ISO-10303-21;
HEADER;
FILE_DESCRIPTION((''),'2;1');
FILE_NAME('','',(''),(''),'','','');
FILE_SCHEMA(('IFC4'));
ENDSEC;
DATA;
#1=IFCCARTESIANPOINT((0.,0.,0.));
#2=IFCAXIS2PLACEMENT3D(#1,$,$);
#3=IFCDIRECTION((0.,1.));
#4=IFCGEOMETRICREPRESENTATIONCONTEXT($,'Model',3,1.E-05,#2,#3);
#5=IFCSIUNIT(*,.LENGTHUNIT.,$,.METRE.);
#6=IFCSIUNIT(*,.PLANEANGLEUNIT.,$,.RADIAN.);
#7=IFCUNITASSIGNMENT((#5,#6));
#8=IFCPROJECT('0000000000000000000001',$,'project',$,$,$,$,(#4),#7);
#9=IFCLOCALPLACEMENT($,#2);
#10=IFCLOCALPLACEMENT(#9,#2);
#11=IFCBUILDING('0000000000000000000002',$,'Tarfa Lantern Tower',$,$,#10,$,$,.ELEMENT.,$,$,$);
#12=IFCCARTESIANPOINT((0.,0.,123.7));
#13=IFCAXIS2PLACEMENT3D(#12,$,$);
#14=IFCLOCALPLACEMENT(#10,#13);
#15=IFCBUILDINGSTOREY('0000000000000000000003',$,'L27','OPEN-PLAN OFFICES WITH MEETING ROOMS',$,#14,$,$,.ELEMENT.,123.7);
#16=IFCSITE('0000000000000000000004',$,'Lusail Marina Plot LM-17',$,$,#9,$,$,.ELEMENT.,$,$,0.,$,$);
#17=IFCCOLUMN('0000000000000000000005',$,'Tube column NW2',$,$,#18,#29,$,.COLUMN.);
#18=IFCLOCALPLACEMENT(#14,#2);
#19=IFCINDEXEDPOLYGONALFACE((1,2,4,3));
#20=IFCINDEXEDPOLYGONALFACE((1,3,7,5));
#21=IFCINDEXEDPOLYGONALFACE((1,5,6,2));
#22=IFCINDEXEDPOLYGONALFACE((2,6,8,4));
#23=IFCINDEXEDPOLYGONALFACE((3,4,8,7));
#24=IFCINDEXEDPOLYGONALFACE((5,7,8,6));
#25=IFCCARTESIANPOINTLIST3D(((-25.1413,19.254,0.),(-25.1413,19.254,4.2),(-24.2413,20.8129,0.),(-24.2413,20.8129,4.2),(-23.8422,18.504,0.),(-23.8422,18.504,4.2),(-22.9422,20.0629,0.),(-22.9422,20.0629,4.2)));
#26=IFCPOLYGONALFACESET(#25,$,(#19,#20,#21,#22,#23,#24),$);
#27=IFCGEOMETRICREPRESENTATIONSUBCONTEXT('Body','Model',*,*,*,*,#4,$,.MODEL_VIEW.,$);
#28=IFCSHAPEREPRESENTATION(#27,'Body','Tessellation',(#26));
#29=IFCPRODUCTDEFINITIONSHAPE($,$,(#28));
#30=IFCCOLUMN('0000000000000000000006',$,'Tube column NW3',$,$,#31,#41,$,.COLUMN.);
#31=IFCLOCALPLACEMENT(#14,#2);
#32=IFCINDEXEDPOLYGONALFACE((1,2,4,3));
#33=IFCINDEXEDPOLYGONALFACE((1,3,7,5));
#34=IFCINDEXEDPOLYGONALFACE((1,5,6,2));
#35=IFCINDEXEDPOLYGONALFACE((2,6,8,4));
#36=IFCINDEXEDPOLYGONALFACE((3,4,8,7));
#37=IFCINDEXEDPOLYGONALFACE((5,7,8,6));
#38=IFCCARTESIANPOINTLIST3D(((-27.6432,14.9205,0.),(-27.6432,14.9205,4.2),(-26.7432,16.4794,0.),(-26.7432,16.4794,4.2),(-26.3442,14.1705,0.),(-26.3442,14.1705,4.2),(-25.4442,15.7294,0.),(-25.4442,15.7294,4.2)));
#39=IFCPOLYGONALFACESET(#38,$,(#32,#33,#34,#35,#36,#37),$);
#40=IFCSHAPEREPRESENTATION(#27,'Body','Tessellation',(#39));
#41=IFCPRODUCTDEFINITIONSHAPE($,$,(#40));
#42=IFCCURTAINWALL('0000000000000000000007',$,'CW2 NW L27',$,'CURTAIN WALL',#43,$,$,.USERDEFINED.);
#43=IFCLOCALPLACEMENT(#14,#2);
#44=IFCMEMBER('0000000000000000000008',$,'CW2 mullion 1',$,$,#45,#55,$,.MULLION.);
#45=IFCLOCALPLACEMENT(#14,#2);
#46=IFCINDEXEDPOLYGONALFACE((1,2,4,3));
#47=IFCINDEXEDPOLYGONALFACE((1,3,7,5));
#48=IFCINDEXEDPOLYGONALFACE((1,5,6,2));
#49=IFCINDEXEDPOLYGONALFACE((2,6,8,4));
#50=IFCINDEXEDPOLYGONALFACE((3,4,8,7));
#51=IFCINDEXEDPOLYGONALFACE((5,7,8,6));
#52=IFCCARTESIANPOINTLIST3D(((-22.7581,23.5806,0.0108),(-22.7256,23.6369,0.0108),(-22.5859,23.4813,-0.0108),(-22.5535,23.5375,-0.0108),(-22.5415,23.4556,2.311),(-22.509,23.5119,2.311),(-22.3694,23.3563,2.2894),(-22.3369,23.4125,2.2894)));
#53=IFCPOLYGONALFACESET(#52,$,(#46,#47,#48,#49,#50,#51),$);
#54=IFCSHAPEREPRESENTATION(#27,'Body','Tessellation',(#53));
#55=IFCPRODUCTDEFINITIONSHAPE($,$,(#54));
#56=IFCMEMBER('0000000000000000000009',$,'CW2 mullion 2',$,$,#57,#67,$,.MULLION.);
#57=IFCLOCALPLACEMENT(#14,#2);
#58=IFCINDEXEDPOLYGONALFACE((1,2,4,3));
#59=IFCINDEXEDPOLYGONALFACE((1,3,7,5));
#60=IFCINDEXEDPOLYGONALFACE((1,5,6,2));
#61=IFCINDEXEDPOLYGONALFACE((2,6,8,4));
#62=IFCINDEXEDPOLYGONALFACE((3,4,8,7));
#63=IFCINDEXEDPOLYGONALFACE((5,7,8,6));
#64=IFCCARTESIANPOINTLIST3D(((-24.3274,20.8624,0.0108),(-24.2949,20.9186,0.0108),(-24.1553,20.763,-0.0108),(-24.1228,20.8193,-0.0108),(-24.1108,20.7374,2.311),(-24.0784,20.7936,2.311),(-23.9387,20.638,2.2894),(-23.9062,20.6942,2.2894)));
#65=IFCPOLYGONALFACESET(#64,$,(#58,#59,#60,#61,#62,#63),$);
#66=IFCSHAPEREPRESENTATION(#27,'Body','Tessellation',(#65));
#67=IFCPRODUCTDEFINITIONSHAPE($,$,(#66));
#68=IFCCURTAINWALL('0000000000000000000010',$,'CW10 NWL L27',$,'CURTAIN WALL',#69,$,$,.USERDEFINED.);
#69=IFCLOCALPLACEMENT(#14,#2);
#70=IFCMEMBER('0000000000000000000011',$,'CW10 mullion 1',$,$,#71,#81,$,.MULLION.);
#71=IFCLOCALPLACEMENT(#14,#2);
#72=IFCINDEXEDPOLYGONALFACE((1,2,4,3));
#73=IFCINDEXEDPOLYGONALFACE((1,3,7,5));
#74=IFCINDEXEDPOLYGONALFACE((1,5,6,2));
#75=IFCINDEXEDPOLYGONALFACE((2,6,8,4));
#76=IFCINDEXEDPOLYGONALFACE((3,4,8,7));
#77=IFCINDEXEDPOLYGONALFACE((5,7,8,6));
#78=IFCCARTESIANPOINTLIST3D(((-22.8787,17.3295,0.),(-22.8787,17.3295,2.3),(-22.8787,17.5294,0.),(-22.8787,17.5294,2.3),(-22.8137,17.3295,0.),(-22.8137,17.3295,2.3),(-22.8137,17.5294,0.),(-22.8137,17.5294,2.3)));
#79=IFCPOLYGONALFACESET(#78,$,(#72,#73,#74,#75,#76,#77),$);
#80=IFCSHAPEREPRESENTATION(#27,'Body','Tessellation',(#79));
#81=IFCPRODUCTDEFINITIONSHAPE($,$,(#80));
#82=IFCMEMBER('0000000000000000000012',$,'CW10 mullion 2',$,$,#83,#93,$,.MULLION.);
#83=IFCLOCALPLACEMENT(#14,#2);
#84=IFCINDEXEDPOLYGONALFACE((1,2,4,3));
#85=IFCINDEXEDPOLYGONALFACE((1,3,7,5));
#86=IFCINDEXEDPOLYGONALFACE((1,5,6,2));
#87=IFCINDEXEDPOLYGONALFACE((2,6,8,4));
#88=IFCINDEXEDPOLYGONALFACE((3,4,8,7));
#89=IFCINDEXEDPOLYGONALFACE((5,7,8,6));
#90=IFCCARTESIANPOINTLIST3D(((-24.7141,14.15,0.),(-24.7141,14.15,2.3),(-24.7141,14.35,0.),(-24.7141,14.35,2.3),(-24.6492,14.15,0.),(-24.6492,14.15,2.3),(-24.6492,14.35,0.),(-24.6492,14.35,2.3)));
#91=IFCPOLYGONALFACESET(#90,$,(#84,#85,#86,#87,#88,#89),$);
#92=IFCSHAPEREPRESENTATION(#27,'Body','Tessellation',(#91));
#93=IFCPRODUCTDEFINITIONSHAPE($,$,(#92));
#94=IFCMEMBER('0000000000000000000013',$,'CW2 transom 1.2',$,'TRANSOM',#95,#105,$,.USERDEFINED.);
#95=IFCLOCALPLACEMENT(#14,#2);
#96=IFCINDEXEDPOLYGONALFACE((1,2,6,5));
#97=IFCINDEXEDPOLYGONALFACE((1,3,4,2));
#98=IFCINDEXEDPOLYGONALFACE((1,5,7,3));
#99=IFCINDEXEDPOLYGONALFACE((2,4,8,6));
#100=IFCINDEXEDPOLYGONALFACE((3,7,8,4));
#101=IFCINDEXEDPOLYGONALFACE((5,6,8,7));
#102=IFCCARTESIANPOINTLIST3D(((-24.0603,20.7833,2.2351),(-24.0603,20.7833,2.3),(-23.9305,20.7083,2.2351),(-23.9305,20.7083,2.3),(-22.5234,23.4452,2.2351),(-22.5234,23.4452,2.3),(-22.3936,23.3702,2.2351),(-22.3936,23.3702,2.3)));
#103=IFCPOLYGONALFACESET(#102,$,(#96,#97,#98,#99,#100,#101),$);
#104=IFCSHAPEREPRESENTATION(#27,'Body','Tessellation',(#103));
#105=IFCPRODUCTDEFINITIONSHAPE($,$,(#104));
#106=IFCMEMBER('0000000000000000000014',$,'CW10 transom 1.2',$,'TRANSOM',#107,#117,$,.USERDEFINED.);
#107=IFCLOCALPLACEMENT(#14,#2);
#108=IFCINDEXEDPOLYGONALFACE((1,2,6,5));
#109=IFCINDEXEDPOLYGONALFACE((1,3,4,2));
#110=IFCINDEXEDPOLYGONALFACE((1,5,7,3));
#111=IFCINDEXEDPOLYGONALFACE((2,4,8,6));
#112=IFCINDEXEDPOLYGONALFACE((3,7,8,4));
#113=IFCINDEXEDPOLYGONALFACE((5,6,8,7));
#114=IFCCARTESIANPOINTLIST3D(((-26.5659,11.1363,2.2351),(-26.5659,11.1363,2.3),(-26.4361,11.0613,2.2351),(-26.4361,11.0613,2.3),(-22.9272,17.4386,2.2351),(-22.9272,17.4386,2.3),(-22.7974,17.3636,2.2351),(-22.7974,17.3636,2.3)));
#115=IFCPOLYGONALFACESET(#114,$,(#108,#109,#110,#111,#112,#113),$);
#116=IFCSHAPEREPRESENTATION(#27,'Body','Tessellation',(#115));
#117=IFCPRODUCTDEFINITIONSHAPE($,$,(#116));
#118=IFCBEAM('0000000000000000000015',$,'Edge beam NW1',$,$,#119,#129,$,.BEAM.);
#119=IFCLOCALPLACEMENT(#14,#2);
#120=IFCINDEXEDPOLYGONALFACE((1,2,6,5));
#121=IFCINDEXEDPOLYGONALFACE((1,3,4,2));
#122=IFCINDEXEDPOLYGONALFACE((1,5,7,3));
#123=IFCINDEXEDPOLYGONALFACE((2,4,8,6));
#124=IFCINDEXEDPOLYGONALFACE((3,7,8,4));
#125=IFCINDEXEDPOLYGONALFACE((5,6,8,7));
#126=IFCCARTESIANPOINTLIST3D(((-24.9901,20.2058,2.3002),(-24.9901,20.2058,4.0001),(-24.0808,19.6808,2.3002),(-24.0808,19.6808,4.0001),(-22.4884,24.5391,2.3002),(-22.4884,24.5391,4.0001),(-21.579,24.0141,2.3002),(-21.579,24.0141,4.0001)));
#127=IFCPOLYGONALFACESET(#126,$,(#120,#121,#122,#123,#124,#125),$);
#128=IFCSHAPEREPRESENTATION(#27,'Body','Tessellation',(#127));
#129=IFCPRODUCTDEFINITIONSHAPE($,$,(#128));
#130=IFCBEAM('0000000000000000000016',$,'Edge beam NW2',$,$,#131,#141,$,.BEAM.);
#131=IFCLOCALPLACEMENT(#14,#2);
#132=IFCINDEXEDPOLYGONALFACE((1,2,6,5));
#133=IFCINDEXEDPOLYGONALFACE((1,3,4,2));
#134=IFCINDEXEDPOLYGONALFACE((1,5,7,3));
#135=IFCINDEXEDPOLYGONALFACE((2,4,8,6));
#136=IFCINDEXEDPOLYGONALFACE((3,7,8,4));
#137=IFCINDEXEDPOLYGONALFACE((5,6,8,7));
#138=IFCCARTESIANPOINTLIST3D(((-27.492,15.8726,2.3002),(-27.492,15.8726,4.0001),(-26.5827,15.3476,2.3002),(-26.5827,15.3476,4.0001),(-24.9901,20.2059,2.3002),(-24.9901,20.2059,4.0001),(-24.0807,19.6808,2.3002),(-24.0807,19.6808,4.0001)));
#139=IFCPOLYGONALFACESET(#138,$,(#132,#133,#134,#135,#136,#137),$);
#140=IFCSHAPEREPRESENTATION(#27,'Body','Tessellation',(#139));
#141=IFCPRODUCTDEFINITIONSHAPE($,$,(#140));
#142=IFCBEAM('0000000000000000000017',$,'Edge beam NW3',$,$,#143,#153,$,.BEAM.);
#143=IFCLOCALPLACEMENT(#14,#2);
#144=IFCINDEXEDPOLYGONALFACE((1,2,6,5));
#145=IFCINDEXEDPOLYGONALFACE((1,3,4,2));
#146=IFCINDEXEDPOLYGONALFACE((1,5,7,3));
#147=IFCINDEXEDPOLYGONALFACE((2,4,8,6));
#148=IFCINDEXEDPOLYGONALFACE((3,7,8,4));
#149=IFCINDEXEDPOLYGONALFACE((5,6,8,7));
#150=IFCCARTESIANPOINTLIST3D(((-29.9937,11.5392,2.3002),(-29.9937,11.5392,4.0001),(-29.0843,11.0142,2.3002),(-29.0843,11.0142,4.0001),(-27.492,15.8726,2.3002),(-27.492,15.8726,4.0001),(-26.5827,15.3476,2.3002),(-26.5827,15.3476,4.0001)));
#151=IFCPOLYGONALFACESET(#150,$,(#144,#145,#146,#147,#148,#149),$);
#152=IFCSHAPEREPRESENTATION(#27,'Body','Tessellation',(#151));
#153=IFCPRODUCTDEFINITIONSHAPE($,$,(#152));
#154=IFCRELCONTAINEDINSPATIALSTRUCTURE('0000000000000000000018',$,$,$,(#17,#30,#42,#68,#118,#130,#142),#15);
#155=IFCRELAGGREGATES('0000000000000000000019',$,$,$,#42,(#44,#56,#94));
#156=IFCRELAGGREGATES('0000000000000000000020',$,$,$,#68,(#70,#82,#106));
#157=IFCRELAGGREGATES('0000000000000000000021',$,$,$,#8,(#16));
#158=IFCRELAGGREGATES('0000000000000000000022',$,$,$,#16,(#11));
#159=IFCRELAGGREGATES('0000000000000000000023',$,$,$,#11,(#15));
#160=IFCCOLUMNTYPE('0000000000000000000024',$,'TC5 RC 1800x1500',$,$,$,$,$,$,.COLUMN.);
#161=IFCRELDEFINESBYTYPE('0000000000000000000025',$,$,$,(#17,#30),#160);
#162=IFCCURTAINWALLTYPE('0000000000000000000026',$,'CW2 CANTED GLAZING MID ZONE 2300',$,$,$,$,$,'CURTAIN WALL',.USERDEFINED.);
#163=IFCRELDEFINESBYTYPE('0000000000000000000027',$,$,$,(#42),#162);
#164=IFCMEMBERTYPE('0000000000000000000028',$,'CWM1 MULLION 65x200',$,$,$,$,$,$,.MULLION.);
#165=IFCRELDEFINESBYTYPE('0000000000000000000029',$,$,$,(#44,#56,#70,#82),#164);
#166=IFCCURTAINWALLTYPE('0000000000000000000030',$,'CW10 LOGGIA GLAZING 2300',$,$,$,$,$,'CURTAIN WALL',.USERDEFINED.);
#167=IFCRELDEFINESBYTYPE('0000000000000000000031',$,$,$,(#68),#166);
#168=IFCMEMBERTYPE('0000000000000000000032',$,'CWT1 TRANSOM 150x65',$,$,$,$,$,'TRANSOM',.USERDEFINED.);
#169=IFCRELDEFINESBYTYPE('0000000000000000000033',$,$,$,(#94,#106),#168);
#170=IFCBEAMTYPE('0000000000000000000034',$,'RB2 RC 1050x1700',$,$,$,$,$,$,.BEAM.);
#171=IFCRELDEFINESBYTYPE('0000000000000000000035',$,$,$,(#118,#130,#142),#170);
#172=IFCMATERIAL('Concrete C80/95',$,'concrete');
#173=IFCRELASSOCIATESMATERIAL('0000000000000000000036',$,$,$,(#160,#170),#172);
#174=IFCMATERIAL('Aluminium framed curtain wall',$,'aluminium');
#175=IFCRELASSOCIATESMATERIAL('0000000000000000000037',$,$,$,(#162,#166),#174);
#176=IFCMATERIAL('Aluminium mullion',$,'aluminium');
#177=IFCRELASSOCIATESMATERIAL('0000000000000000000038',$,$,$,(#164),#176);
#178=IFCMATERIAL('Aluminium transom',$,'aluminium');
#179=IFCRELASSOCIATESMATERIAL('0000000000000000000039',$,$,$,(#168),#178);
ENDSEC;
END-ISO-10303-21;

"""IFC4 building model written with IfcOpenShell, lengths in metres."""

from ifc_helpers import new_model, si_unit, direction, frame, origin, origin_2d, place, context, subcontext, project, spatial, rectangle, extrude, material, material_profile, profile_set, type_object, element, aggregate, save


model = new_model("IFC4")

# Units and contexts
model_context = context("Model", 3, precision=1e-05, world=origin(), true_north=direction((0.0, 1.0)))
body_context = subcontext(model_context, "Body", "Model", "MODEL_VIEW")
ifc_project = project(units=[si_unit("LENGTHUNIT", "METRE"), si_unit("PLANEANGLEUNIT", "RADIAN")], contexts=[model_context])

# Site, building, storey
site_placement = place(None, origin())
site = spatial("IfcSite", under=ifc_project, at=site_placement, Name="Lusail Marina Plot LM-17", CompositionType="ELEMENT", RefElevation=0.0)
building_placement = place(site_placement, origin())
building = spatial("IfcBuilding", under=site, at=building_placement, Name="Tarfa Lantern Tower", CompositionType="ELEMENT")
storey_placement = place(building_placement, frame((0.0, 0.0, 123.7)))
storey = spatial("IfcBuildingStorey", under=building, at=storey_placement, Name="L27", Description="OPEN-PLAN OFFICES WITH MEETING ROOMS", CompositionType="ELEMENT", Elevation=123.7)

# Columns
ifc_material_1 = material(Name="Concrete C80/95", Category="concrete")
ifc_material_profile_1 = material_profile(ifc_material_1, rectangle(XDim=1.8, YDim=1.5, at=origin_2d()), Name="RC 1800x1500")
ifc_profile_set_1 = profile_set([ifc_material_profile_1], Name="Concrete C80/95")
column_type = type_object("IfcColumnType", Name="TC5 RC 1800x1500", PredefinedType="COLUMN", material=ifc_profile_set_1)
for number, where, z_axis, x_axis, name in (
    (1, (-24.0417, 19.6584, 0.0), (0.0, 0.0, 1.0), (-0.5, -0.866025, 0.0), "Tube column NW2"),
    (2, (-26.5437, 15.325, 0.0), (0.0, 0.0, 1.0), (-0.5, -0.866025, 0.0), "Tube column NW3"),
):
    element("IfcColumn", number, at=place(storey_placement, frame(where, z_axis=z_axis, x_axis=x_axis)), inside=storey, type_object=column_type, Name=name, PredefinedType="COLUMN", context=body_context, shape_type="SweptSolid", body=[
        extrude(rectangle(XDim=1.8, YDim=1.5, at=origin_2d()), origin(), (0.0, 0.0, 1.0), 4.2),
    ])

# Curtain walls, members
ifc_material_2 = material(Name="Aluminium framed curtain wall", Category="aluminium")
curtain_wall_type_1 = type_object("IfcCurtainWallType", Name="CW2 CANTED GLAZING MID ZONE 2300", ElementType="CURTAIN WALL", PredefinedType="USERDEFINED", material=ifc_material_2)
curtain_wall_1_placement = place(storey_placement, origin())
curtain_wall_1 = element("IfcCurtainWall", 3, at=curtain_wall_1_placement, inside=storey, type_object=curtain_wall_type_1, Name="CW2 NW L27", ObjectType="CURTAIN WALL", PredefinedType="USERDEFINED")
ifc_material_3 = material(Name="Aluminium mullion", Category="aluminium")
ifc_material_profile_2 = material_profile(ifc_material_3, rectangle(XDim=0.0649, YDim=0.2, at=origin_2d()), Name="AL MULLION 65x200")
ifc_profile_set_2 = profile_set([ifc_material_profile_2], Name="Aluminium mullion")
member_type_1 = type_object("IfcMemberType", Name="CWM1 MULLION 65x200", PredefinedType="MULLION", material=ifc_profile_set_2)
member_1_placement = place(storey_placement, frame((-22.6558, 23.5591, 0.0), z_axis=(0.0936, -0.054028, 0.994143), x_axis=(0.49992, 0.866072, 0.0)))
member_1 = element("IfcMember", 4, at=member_1_placement, type_object=member_type_1, Name="CW2 mullion 1", PredefinedType="MULLION", context=body_context, shape_type="SweptSolid", body=[
    extrude(rectangle(XDim=0.0649, YDim=0.2, at=origin_2d()), origin(), (0.0, 0.0, 1.0), 2.3137),
])
member_2_placement = place(storey_placement, frame((-24.2251, 20.8408, 0.0), z_axis=(0.0936, -0.054028, 0.994143), x_axis=(0.49992, 0.866072, 0.0)))
member_2 = element("IfcMember", 5, at=member_2_placement, type_object=member_type_1, Name="CW2 mullion 2", PredefinedType="MULLION", context=body_context, shape_type="SweptSolid", body=[
    extrude(rectangle(XDim=0.0649, YDim=0.2, at=origin_2d()), origin(), (0.0, 0.0, 1.0), 2.3137),
])
curtain_wall_type_2 = type_object("IfcCurtainWallType", Name="CW10 LOGGIA GLAZING 2300", ElementType="CURTAIN WALL", PredefinedType="USERDEFINED", material=ifc_material_2)
curtain_wall_2_placement = place(storey_placement, origin())
curtain_wall_2 = element("IfcCurtainWall", 6, at=curtain_wall_2_placement, inside=storey, type_object=curtain_wall_type_2, Name="CW10 NWL L27", ObjectType="CURTAIN WALL", PredefinedType="USERDEFINED")
member_3_placement = place(storey_placement, frame((-22.8462, 17.4294, 0.0), z_axis=(0.0, 0.0, 1.0), x_axis=(1.0, 0.0, 0.0)))
member_3 = element("IfcMember", 7, at=member_3_placement, type_object=member_type_1, Name="CW10 mullion 1", PredefinedType="MULLION", context=body_context, shape_type="SweptSolid", body=[
    extrude(rectangle(XDim=0.0649, YDim=0.2, at=origin_2d()), origin(), (0.0, 0.0, 1.0), 2.3),
])
member_4_placement = place(storey_placement, frame((-24.6816, 14.25, 0.0), z_axis=(0.0, 0.0, 1.0), x_axis=(1.0, 0.0, 0.0)))
member_4 = element("IfcMember", 8, at=member_4_placement, type_object=member_type_1, Name="CW10 mullion 2", PredefinedType="MULLION", context=body_context, shape_type="SweptSolid", body=[
    extrude(rectangle(XDim=0.0649, YDim=0.2, at=origin_2d()), origin(), (0.0, 0.0, 1.0), 2.3),
])

# Members
ifc_material_4 = material(Name="Aluminium transom", Category="aluminium")
ifc_material_profile_3 = material_profile(ifc_material_4, rectangle(XDim=0.1499, YDim=0.0649, at=origin_2d()), Name="AL TRANSOM 150x65")
ifc_profile_set_3 = profile_set([ifc_material_profile_3], Name="Aluminium transom")
member_type_2 = type_object("IfcMemberType", Name="CWT1 TRANSOM 150x65", ElementType="TRANSOM", PredefinedType="USERDEFINED", material=ifc_profile_set_3)
member_5_placement = place(storey_placement, frame((-22.4585, 23.4077, 2.2676), z_axis=(-0.500009, -0.86602, 0.0), x_axis=(0.86602, -0.500009, 0.0)))
member_5 = element("IfcMember", 9, at=member_5_placement, type_object=member_type_2, Name="CW2 transom 1.2", ObjectType="TRANSOM", PredefinedType="USERDEFINED", context=body_context, shape_type="SweptSolid", body=[
    extrude(rectangle(XDim=0.1499, YDim=0.0649, at=origin_2d()), origin(), (0.0, 0.0, 1.0), 3.0737),
])
member_6_placement = place(storey_placement, frame((-22.8623, 17.4011, 2.2676), z_axis=(-0.500007, -0.866021, 0.0), x_axis=(0.866021, -0.500007, 0.0)))
member_6 = element("IfcMember", 10, at=member_6_placement, type_object=member_type_2, Name="CW10 transom 1.2", ObjectType="TRANSOM", PredefinedType="USERDEFINED", context=body_context, shape_type="SweptSolid", body=[
    extrude(rectangle(XDim=0.1499, YDim=0.0649, at=origin_2d()), origin(), (0.0, 0.0, 1.0), 7.2773),
])

# Beams
ifc_material_profile_4 = material_profile(ifc_material_1, rectangle(XDim=1.05, YDim=1.7, at=origin_2d()), Name="RC 1050x1700")
ifc_profile_set_4 = profile_set([ifc_material_profile_4], Name="Concrete C80/95")
beam_type_1 = type_object("IfcBeamType", Name="RB2 RC 1050x1700", PredefinedType="BEAM", material=ifc_profile_set_4)
for number, where, z_axis, x_axis, name in (
    (11, (-22.0337, 24.2766, 3.1501), (-0.499986, -0.866034, 0.0), (0.866034, -0.499986, 0.0), "Edge beam NW1"),
    (12, (-24.5354, 19.9434, 3.1501), (-0.500022, -0.866013, 0.0), (0.866013, -0.500022, 0.0), "Edge beam NW2"),
    (13, (-27.0374, 15.6101, 3.1501), (-0.499965, -0.866046, 0.0), (0.866046, -0.499965, 0.0), "Edge beam NW3"),
):
    element("IfcBeam", number, at=place(storey_placement, frame(where, z_axis=z_axis, x_axis=x_axis)), inside=storey, type_object=beam_type_1, Name=name, PredefinedType="BEAM", context=body_context, shape_type="SweptSolid", body=[
        extrude(rectangle(XDim=1.05, YDim=1.7, at=origin_2d()), origin(), (0.0, 0.0, 1.0), 5.0037),
    ])

aggregate(curtain_wall_1, [member_1, member_2, member_5])
aggregate(curtain_wall_2, [member_3, member_4, member_6])

save(model, "model.ifc")
